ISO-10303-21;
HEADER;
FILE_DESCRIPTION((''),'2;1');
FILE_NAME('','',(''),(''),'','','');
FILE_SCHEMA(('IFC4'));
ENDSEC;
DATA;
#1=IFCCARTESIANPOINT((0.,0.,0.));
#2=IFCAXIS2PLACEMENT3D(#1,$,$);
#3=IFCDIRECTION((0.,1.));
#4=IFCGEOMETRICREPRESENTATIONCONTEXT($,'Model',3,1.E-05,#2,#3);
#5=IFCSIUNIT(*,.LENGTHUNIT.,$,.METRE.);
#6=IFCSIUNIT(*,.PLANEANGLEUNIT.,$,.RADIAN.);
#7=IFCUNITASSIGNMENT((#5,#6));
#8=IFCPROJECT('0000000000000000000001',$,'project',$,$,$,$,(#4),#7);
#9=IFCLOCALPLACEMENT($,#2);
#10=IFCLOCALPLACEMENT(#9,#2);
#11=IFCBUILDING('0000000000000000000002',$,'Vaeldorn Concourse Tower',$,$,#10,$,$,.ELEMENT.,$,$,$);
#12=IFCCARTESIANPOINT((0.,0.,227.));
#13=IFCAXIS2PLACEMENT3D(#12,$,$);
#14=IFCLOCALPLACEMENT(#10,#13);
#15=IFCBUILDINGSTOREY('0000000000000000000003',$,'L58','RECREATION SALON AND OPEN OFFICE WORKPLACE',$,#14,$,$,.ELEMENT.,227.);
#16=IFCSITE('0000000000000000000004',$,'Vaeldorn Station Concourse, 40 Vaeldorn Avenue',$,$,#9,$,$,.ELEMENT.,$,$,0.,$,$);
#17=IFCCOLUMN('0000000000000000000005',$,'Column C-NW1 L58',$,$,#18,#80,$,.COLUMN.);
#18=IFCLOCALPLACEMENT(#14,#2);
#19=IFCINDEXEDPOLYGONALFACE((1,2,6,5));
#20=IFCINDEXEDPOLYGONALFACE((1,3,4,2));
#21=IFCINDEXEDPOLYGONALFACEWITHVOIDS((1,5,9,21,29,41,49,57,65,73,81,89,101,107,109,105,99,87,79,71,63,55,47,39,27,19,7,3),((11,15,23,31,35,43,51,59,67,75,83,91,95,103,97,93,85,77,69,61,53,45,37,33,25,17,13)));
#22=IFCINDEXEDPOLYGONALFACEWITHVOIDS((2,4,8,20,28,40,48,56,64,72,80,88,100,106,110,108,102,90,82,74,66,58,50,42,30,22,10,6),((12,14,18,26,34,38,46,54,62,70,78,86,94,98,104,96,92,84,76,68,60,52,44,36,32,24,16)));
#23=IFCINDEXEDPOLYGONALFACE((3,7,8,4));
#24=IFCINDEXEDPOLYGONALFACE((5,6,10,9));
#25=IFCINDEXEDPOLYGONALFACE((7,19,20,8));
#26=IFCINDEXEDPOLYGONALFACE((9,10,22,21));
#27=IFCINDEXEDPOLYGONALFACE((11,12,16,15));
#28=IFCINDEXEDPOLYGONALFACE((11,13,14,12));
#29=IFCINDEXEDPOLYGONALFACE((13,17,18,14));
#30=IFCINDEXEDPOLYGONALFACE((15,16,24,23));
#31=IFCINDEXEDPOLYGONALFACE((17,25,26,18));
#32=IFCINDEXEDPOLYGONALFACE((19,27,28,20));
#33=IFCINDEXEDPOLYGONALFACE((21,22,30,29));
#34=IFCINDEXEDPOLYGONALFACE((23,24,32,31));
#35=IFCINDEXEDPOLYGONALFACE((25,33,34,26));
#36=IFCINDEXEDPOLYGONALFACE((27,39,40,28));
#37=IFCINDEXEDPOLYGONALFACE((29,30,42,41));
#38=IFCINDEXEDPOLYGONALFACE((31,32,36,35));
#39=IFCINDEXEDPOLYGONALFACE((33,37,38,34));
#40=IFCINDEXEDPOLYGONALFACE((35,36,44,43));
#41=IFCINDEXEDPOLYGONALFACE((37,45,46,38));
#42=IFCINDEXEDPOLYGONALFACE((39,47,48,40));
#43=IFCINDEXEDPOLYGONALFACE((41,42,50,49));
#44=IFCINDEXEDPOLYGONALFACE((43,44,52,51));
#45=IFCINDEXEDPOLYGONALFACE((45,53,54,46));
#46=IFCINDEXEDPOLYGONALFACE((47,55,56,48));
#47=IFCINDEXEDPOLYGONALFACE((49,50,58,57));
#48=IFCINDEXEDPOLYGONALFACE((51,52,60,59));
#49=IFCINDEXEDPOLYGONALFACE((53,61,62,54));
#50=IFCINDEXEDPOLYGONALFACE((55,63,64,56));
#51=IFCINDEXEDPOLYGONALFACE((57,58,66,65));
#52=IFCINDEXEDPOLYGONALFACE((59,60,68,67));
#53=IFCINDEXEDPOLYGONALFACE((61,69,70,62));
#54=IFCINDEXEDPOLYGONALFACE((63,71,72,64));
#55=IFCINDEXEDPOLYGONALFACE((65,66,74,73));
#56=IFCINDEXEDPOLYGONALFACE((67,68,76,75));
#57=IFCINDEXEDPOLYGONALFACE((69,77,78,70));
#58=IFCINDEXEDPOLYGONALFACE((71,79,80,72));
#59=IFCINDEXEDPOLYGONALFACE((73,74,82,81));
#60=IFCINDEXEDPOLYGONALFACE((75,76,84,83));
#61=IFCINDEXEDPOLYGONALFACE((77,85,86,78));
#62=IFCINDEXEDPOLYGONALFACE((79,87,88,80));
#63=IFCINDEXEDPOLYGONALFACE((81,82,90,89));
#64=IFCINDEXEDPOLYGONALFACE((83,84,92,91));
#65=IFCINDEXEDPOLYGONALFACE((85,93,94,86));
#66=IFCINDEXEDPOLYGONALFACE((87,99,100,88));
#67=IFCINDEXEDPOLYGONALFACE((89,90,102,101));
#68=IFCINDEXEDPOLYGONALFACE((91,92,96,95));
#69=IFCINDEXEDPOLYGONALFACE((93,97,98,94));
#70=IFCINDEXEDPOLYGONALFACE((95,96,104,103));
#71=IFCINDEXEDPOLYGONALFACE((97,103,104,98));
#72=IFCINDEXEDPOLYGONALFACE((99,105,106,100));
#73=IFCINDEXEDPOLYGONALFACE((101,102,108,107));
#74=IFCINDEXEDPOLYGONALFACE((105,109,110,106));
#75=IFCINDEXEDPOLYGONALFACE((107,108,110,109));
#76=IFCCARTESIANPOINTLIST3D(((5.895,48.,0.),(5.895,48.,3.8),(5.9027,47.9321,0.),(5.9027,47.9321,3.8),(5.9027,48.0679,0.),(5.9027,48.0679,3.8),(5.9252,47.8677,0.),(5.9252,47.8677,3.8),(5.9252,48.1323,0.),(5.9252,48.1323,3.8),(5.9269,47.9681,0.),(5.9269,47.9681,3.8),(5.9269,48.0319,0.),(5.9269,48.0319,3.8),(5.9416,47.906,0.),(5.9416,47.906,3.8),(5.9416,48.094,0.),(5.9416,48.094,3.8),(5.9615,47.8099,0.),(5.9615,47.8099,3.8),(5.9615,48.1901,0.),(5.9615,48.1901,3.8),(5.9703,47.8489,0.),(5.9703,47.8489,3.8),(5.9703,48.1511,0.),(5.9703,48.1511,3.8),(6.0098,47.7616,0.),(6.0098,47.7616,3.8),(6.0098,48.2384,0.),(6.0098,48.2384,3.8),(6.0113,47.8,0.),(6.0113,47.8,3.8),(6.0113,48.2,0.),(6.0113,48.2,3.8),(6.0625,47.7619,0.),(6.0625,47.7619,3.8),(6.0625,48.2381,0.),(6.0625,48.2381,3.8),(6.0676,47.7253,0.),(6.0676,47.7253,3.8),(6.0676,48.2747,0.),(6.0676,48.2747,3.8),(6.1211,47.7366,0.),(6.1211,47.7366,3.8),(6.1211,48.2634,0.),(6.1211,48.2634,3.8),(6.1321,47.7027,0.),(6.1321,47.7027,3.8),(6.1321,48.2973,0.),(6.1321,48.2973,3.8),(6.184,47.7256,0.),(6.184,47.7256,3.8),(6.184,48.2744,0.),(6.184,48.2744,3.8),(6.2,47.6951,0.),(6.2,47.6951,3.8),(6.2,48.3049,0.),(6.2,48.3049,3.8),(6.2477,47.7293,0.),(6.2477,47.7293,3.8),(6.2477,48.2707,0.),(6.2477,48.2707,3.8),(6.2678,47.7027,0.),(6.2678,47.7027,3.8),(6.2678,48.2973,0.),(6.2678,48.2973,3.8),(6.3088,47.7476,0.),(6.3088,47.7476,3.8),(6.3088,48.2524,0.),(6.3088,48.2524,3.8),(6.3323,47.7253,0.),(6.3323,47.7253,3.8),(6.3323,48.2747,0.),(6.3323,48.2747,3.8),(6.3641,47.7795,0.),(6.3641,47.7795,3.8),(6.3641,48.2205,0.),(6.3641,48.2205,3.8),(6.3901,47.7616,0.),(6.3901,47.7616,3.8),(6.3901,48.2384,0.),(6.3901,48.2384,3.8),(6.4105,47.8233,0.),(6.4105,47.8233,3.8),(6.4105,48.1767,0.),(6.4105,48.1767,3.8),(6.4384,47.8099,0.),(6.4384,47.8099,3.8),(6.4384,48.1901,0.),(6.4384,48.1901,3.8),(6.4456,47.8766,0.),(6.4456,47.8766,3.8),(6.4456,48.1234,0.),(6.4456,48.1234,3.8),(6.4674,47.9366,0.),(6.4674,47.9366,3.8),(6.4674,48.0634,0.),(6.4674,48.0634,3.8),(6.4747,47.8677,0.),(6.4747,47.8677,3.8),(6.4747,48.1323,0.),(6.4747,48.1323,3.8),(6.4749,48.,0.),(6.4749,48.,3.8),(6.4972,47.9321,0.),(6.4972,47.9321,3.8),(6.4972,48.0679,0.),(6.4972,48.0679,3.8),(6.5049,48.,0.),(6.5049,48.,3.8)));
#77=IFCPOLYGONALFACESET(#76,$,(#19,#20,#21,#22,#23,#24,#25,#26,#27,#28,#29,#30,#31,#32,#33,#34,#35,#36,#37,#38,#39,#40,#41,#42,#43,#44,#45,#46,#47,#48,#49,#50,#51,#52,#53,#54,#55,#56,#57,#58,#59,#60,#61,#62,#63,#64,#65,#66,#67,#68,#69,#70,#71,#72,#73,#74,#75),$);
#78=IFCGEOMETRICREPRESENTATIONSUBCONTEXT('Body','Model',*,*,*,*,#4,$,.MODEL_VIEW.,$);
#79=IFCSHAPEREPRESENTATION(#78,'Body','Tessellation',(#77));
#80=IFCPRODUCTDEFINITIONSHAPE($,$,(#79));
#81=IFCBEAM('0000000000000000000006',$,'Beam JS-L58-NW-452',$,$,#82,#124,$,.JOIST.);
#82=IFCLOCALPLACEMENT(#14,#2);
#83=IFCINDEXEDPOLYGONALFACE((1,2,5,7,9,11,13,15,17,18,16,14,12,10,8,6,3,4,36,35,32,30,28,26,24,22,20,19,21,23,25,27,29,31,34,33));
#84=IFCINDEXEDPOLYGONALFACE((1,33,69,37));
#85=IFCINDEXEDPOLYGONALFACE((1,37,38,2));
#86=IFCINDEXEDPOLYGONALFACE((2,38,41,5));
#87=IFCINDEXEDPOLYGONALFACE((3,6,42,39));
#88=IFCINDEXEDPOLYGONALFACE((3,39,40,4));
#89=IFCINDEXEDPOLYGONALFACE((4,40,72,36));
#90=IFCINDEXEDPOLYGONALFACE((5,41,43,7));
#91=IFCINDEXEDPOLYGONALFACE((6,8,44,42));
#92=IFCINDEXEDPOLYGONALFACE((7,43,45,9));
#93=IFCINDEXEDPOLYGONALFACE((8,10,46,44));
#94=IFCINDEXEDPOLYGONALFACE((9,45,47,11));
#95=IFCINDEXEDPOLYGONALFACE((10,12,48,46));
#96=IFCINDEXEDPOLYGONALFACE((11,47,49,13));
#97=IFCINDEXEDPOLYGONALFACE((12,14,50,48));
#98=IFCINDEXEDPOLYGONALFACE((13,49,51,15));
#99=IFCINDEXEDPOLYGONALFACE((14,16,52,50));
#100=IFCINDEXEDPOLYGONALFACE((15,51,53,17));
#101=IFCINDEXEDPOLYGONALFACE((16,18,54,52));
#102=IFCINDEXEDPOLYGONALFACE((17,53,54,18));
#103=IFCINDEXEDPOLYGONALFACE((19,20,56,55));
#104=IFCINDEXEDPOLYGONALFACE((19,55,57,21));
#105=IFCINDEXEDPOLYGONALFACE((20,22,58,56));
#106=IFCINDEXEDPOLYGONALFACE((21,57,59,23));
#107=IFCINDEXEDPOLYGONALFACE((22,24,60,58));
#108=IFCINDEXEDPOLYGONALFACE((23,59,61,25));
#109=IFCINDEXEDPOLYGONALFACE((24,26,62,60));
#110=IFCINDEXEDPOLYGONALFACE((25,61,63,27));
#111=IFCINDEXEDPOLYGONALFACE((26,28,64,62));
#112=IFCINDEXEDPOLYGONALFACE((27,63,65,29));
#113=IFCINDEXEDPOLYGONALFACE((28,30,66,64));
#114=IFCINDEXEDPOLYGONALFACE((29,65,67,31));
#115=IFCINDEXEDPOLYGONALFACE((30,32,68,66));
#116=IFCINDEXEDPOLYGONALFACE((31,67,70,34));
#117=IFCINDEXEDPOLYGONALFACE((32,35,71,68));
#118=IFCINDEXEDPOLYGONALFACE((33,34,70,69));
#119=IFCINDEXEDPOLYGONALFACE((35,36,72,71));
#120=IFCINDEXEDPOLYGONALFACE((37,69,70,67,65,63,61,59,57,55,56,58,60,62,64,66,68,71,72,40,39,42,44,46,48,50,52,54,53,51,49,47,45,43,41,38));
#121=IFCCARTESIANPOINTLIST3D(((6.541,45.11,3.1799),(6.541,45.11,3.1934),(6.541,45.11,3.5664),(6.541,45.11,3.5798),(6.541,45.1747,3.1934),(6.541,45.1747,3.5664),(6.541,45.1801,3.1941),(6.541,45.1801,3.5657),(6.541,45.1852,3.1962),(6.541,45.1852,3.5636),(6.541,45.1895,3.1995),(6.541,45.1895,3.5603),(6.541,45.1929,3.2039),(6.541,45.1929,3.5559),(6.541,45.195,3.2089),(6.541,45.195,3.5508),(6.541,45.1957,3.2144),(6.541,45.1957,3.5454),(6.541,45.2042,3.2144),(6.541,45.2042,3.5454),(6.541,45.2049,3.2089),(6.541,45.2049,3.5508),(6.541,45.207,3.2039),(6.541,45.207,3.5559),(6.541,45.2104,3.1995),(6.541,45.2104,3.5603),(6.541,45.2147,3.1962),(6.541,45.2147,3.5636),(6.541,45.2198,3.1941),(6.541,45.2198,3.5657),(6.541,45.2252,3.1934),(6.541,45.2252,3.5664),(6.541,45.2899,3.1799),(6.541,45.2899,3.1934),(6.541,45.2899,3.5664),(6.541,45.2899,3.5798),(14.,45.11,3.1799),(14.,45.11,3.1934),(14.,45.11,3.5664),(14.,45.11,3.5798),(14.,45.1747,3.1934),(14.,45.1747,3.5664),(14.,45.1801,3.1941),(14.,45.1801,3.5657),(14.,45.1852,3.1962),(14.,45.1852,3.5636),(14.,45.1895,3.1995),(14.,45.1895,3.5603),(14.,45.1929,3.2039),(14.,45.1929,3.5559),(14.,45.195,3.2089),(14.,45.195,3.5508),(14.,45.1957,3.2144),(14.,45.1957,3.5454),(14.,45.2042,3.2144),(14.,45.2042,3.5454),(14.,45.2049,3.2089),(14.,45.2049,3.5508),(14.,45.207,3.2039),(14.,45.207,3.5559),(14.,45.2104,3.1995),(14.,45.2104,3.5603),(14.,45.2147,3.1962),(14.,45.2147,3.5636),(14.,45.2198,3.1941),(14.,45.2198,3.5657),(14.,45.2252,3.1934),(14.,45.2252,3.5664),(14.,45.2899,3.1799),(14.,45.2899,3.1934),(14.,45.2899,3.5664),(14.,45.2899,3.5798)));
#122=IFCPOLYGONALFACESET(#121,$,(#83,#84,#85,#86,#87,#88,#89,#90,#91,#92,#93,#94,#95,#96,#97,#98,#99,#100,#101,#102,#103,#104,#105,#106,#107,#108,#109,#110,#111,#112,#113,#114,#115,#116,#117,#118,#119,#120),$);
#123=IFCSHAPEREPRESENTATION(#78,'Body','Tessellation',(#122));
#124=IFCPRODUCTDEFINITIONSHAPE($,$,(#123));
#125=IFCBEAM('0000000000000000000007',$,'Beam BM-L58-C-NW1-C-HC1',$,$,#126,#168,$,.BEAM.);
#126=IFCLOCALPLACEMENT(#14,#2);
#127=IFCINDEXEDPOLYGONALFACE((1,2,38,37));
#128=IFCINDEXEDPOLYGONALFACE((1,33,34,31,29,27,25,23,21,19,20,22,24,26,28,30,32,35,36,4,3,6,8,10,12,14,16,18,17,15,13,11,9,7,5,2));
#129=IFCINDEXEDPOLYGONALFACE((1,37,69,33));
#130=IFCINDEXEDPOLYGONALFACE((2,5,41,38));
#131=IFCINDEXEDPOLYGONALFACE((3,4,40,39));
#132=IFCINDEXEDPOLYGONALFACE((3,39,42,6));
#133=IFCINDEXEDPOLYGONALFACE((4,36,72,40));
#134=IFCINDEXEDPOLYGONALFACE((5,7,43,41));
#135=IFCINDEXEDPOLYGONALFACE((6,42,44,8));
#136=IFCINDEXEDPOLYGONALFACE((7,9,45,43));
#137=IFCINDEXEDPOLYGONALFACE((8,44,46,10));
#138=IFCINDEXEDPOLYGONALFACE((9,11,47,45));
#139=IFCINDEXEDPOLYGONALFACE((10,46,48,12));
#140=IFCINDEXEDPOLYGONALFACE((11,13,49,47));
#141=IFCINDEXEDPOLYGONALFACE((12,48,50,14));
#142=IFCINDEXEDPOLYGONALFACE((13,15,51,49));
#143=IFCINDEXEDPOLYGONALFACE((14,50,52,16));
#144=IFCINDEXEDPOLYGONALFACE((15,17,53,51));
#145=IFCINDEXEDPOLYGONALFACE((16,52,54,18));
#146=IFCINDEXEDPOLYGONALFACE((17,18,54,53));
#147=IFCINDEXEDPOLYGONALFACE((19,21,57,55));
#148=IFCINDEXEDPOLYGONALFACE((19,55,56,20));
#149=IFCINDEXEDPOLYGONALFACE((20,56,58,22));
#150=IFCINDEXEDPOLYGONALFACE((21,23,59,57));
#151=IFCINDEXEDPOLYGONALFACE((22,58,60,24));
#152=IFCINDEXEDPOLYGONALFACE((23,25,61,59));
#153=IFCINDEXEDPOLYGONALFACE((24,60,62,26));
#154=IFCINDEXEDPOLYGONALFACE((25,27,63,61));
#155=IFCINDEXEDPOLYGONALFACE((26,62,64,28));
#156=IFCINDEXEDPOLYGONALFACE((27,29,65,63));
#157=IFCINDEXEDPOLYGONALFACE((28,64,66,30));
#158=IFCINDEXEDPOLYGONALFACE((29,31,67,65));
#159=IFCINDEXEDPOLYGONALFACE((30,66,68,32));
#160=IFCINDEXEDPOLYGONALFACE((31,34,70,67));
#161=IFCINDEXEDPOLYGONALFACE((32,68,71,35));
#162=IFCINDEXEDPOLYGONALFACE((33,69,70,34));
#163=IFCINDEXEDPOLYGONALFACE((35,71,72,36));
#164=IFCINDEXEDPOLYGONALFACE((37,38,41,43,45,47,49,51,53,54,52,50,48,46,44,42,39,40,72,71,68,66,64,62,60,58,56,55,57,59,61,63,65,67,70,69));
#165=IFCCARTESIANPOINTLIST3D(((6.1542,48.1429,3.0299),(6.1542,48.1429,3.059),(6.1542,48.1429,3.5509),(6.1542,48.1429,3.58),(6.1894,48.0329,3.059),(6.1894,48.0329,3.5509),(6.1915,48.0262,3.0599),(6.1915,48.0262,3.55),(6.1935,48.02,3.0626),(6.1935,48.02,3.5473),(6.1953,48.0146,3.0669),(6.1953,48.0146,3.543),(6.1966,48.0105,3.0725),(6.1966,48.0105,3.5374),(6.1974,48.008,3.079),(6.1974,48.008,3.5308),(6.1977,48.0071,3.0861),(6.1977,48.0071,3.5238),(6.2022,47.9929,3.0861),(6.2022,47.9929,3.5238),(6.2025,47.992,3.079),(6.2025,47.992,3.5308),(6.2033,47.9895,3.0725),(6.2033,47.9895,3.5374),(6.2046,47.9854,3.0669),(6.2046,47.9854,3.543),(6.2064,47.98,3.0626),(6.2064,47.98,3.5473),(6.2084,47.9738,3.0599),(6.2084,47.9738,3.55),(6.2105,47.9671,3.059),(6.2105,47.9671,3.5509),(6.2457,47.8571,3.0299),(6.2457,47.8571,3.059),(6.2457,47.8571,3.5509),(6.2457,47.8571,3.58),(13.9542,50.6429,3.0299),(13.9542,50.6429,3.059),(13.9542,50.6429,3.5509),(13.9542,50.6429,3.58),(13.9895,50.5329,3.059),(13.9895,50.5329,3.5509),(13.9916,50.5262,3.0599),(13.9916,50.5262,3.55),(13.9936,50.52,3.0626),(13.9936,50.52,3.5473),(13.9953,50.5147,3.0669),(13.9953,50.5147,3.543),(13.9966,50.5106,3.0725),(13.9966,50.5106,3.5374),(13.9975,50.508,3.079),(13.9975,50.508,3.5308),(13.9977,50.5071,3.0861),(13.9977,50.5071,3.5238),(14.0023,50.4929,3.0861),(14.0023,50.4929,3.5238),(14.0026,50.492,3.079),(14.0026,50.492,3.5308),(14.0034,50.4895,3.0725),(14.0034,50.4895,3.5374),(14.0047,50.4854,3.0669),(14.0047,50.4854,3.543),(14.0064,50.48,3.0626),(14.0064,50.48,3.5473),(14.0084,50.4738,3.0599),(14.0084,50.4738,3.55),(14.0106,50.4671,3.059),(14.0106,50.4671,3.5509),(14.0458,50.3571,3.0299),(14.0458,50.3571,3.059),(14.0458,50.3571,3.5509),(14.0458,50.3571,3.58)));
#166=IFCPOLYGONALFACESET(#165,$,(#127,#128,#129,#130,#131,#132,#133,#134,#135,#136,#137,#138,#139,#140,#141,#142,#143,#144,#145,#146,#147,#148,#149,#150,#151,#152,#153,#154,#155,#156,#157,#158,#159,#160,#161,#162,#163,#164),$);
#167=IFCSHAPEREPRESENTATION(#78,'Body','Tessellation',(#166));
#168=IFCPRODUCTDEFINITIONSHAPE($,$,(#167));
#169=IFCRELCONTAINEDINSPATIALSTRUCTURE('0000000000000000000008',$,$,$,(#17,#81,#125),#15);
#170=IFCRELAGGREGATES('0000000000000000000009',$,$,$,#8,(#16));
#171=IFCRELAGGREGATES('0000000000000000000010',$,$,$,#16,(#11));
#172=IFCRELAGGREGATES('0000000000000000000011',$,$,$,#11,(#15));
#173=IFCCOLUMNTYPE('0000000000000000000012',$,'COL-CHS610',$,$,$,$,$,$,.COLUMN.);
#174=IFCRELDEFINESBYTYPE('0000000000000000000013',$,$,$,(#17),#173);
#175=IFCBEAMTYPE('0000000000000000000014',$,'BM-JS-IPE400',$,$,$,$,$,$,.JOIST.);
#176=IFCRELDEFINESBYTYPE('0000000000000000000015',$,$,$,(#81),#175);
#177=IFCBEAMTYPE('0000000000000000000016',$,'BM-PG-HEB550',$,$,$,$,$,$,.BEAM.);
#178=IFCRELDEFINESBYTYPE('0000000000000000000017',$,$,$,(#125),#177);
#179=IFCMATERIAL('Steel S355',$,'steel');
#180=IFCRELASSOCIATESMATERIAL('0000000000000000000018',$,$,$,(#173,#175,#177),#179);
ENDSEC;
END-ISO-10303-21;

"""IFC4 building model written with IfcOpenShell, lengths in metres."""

from ifc_helpers import new_model, si_unit, direction, frame, origin, origin_2d, place, context, subcontext, project, spatial, hollow_circle, i_section, extrude, source, transform, mapped, material, material_profile, profile_set, type_object, element, save


model = new_model("IFC4")

# Units and contexts
model_context = context("Model", 3, precision=1e-05, world=origin(), true_north=direction((0.0, 1.0)))
body_context = subcontext(model_context, "Body", "Model", "MODEL_VIEW")
ifc_project = project(units=[si_unit("LENGTHUNIT", "METRE"), si_unit("PLANEANGLEUNIT", "RADIAN")], contexts=[model_context])

# Site, building, storey
site_placement = place(None, origin())
site = spatial("IfcSite", under=ifc_project, at=site_placement, Name="Vaeldorn Station Concourse, 40 Vaeldorn Avenue", CompositionType="ELEMENT", RefElevation=0.0)
building_placement = place(site_placement, origin())
building = spatial("IfcBuilding", under=site, at=building_placement, Name="Vaeldorn Concourse Tower", CompositionType="ELEMENT")
storey_placement = place(building_placement, frame((0.0, 0.0, 227.0)))
storey = spatial("IfcBuildingStorey", under=building, at=storey_placement, Name="L58", Description="RECREATION SALON AND OPEN OFFICE WORKPLACE", CompositionType="ELEMENT", Elevation=227.0)

# Column
ifc_material_1 = material(Name="Steel S355", Category="steel")
ifc_material_profile_1 = material_profile(ifc_material_1, hollow_circle(Radius=0.3049, WallThickness=0.03, at=origin_2d()), Name="CHS 610x30")
ifc_profile_set_1 = profile_set([ifc_material_profile_1], Name="Steel S355")
column_type = type_object("IfcColumnType", Name="COL-CHS610", PredefinedType="COLUMN", material=ifc_profile_set_1)
shared_shape_1 = source(origin(), body_context, "Body", "SweptSolid", [
    extrude(hollow_circle(Radius=0.3049, WallThickness=0.03, at=origin_2d()), origin(), (0.0, 0.0, 1.0), 3.8),
])
column_placement = place(storey_placement, frame((6.2, 48.0, 0.0), z_axis=(0.0, 0.0, 1.0), x_axis=(1.0, 0.0, 0.0)))
element("IfcColumn", 1, at=column_placement, inside=storey, type_object=column_type, Name="Column C-NW1 L58", PredefinedType="COLUMN", context=body_context, shape_type="MappedRepresentation", body=[
    mapped(shared_shape_1, transform((0.0, 0.0, 0.0), scale=1.0)),
])

# Beams
ifc_material_profile_2 = material_profile(ifc_material_1, i_section(OverallWidth=0.1799, OverallDepth=0.3999, WebThickness=0.0085, FlangeThickness=0.0134, FilletRadius=0.021, at=origin_2d()), Name="IPE 400")
ifc_profile_set_2 = profile_set([ifc_material_profile_2], Name="Steel S355")
beam_type_1 = type_object("IfcBeamType", Name="BM-JS-IPE400", PredefinedType="JOIST", material=ifc_profile_set_2)
shared_shape_2 = source(origin(), body_context, "Body", "SweptSolid", [
    extrude(i_section(OverallWidth=0.1799, OverallDepth=0.3999, WebThickness=0.0085, FlangeThickness=0.0134, FilletRadius=0.021, at=origin_2d()), origin(), (0.0, 0.0, 1.0), 7.459),
])
beam_1_placement = place(storey_placement, frame((6.541, 45.2, 3.3799), z_axis=(1.0, 0.0, 0.0), x_axis=(0.0, 1.0, 0.0)))
element("IfcBeam", 2, at=beam_1_placement, inside=storey, type_object=beam_type_1, Name="Beam JS-L58-NW-452", PredefinedType="JOIST", context=body_context, shape_type="MappedRepresentation", body=[
    mapped(shared_shape_2, transform((0.0, 0.0, 0.0), scale=1.0)),
])
ifc_material_profile_3 = material_profile(ifc_material_1, i_section(OverallWidth=0.3, OverallDepth=0.55, WebThickness=0.0149, FlangeThickness=0.0291, FilletRadius=0.0271, at=origin_2d()), Name="HEB 550")
ifc_profile_set_3 = profile_set([ifc_material_profile_3], Name="Steel S355")
beam_type_2 = type_object("IfcBeamType", Name="BM-PG-HEB550", PredefinedType="BEAM", material=ifc_profile_set_3)
shared_shape_3 = source(origin(), body_context, "Body", "SweptSolid", [
    extrude(i_section(OverallWidth=0.3, OverallDepth=0.55, WebThickness=0.0149, FlangeThickness=0.0291, FilletRadius=0.0271, at=origin_2d()), origin(), (0.0, 0.0, 1.0), 8.1909),
])
beam_2_placement = place(storey_placement, frame((6.2, 48.0, 3.3049), z_axis=(0.952283, 0.305217, 0.0), x_axis=(-0.305217, 0.952283, 0.0)))
element("IfcBeam", 3, at=beam_2_placement, inside=storey, type_object=beam_type_2, Name="Beam BM-L58-C-NW1-C-HC1", PredefinedType="BEAM", context=body_context, shape_type="MappedRepresentation", body=[
    mapped(shared_shape_3, transform((0.0, 0.0, 0.0), scale=1.0)),
])

save(model, "model.ifc")
